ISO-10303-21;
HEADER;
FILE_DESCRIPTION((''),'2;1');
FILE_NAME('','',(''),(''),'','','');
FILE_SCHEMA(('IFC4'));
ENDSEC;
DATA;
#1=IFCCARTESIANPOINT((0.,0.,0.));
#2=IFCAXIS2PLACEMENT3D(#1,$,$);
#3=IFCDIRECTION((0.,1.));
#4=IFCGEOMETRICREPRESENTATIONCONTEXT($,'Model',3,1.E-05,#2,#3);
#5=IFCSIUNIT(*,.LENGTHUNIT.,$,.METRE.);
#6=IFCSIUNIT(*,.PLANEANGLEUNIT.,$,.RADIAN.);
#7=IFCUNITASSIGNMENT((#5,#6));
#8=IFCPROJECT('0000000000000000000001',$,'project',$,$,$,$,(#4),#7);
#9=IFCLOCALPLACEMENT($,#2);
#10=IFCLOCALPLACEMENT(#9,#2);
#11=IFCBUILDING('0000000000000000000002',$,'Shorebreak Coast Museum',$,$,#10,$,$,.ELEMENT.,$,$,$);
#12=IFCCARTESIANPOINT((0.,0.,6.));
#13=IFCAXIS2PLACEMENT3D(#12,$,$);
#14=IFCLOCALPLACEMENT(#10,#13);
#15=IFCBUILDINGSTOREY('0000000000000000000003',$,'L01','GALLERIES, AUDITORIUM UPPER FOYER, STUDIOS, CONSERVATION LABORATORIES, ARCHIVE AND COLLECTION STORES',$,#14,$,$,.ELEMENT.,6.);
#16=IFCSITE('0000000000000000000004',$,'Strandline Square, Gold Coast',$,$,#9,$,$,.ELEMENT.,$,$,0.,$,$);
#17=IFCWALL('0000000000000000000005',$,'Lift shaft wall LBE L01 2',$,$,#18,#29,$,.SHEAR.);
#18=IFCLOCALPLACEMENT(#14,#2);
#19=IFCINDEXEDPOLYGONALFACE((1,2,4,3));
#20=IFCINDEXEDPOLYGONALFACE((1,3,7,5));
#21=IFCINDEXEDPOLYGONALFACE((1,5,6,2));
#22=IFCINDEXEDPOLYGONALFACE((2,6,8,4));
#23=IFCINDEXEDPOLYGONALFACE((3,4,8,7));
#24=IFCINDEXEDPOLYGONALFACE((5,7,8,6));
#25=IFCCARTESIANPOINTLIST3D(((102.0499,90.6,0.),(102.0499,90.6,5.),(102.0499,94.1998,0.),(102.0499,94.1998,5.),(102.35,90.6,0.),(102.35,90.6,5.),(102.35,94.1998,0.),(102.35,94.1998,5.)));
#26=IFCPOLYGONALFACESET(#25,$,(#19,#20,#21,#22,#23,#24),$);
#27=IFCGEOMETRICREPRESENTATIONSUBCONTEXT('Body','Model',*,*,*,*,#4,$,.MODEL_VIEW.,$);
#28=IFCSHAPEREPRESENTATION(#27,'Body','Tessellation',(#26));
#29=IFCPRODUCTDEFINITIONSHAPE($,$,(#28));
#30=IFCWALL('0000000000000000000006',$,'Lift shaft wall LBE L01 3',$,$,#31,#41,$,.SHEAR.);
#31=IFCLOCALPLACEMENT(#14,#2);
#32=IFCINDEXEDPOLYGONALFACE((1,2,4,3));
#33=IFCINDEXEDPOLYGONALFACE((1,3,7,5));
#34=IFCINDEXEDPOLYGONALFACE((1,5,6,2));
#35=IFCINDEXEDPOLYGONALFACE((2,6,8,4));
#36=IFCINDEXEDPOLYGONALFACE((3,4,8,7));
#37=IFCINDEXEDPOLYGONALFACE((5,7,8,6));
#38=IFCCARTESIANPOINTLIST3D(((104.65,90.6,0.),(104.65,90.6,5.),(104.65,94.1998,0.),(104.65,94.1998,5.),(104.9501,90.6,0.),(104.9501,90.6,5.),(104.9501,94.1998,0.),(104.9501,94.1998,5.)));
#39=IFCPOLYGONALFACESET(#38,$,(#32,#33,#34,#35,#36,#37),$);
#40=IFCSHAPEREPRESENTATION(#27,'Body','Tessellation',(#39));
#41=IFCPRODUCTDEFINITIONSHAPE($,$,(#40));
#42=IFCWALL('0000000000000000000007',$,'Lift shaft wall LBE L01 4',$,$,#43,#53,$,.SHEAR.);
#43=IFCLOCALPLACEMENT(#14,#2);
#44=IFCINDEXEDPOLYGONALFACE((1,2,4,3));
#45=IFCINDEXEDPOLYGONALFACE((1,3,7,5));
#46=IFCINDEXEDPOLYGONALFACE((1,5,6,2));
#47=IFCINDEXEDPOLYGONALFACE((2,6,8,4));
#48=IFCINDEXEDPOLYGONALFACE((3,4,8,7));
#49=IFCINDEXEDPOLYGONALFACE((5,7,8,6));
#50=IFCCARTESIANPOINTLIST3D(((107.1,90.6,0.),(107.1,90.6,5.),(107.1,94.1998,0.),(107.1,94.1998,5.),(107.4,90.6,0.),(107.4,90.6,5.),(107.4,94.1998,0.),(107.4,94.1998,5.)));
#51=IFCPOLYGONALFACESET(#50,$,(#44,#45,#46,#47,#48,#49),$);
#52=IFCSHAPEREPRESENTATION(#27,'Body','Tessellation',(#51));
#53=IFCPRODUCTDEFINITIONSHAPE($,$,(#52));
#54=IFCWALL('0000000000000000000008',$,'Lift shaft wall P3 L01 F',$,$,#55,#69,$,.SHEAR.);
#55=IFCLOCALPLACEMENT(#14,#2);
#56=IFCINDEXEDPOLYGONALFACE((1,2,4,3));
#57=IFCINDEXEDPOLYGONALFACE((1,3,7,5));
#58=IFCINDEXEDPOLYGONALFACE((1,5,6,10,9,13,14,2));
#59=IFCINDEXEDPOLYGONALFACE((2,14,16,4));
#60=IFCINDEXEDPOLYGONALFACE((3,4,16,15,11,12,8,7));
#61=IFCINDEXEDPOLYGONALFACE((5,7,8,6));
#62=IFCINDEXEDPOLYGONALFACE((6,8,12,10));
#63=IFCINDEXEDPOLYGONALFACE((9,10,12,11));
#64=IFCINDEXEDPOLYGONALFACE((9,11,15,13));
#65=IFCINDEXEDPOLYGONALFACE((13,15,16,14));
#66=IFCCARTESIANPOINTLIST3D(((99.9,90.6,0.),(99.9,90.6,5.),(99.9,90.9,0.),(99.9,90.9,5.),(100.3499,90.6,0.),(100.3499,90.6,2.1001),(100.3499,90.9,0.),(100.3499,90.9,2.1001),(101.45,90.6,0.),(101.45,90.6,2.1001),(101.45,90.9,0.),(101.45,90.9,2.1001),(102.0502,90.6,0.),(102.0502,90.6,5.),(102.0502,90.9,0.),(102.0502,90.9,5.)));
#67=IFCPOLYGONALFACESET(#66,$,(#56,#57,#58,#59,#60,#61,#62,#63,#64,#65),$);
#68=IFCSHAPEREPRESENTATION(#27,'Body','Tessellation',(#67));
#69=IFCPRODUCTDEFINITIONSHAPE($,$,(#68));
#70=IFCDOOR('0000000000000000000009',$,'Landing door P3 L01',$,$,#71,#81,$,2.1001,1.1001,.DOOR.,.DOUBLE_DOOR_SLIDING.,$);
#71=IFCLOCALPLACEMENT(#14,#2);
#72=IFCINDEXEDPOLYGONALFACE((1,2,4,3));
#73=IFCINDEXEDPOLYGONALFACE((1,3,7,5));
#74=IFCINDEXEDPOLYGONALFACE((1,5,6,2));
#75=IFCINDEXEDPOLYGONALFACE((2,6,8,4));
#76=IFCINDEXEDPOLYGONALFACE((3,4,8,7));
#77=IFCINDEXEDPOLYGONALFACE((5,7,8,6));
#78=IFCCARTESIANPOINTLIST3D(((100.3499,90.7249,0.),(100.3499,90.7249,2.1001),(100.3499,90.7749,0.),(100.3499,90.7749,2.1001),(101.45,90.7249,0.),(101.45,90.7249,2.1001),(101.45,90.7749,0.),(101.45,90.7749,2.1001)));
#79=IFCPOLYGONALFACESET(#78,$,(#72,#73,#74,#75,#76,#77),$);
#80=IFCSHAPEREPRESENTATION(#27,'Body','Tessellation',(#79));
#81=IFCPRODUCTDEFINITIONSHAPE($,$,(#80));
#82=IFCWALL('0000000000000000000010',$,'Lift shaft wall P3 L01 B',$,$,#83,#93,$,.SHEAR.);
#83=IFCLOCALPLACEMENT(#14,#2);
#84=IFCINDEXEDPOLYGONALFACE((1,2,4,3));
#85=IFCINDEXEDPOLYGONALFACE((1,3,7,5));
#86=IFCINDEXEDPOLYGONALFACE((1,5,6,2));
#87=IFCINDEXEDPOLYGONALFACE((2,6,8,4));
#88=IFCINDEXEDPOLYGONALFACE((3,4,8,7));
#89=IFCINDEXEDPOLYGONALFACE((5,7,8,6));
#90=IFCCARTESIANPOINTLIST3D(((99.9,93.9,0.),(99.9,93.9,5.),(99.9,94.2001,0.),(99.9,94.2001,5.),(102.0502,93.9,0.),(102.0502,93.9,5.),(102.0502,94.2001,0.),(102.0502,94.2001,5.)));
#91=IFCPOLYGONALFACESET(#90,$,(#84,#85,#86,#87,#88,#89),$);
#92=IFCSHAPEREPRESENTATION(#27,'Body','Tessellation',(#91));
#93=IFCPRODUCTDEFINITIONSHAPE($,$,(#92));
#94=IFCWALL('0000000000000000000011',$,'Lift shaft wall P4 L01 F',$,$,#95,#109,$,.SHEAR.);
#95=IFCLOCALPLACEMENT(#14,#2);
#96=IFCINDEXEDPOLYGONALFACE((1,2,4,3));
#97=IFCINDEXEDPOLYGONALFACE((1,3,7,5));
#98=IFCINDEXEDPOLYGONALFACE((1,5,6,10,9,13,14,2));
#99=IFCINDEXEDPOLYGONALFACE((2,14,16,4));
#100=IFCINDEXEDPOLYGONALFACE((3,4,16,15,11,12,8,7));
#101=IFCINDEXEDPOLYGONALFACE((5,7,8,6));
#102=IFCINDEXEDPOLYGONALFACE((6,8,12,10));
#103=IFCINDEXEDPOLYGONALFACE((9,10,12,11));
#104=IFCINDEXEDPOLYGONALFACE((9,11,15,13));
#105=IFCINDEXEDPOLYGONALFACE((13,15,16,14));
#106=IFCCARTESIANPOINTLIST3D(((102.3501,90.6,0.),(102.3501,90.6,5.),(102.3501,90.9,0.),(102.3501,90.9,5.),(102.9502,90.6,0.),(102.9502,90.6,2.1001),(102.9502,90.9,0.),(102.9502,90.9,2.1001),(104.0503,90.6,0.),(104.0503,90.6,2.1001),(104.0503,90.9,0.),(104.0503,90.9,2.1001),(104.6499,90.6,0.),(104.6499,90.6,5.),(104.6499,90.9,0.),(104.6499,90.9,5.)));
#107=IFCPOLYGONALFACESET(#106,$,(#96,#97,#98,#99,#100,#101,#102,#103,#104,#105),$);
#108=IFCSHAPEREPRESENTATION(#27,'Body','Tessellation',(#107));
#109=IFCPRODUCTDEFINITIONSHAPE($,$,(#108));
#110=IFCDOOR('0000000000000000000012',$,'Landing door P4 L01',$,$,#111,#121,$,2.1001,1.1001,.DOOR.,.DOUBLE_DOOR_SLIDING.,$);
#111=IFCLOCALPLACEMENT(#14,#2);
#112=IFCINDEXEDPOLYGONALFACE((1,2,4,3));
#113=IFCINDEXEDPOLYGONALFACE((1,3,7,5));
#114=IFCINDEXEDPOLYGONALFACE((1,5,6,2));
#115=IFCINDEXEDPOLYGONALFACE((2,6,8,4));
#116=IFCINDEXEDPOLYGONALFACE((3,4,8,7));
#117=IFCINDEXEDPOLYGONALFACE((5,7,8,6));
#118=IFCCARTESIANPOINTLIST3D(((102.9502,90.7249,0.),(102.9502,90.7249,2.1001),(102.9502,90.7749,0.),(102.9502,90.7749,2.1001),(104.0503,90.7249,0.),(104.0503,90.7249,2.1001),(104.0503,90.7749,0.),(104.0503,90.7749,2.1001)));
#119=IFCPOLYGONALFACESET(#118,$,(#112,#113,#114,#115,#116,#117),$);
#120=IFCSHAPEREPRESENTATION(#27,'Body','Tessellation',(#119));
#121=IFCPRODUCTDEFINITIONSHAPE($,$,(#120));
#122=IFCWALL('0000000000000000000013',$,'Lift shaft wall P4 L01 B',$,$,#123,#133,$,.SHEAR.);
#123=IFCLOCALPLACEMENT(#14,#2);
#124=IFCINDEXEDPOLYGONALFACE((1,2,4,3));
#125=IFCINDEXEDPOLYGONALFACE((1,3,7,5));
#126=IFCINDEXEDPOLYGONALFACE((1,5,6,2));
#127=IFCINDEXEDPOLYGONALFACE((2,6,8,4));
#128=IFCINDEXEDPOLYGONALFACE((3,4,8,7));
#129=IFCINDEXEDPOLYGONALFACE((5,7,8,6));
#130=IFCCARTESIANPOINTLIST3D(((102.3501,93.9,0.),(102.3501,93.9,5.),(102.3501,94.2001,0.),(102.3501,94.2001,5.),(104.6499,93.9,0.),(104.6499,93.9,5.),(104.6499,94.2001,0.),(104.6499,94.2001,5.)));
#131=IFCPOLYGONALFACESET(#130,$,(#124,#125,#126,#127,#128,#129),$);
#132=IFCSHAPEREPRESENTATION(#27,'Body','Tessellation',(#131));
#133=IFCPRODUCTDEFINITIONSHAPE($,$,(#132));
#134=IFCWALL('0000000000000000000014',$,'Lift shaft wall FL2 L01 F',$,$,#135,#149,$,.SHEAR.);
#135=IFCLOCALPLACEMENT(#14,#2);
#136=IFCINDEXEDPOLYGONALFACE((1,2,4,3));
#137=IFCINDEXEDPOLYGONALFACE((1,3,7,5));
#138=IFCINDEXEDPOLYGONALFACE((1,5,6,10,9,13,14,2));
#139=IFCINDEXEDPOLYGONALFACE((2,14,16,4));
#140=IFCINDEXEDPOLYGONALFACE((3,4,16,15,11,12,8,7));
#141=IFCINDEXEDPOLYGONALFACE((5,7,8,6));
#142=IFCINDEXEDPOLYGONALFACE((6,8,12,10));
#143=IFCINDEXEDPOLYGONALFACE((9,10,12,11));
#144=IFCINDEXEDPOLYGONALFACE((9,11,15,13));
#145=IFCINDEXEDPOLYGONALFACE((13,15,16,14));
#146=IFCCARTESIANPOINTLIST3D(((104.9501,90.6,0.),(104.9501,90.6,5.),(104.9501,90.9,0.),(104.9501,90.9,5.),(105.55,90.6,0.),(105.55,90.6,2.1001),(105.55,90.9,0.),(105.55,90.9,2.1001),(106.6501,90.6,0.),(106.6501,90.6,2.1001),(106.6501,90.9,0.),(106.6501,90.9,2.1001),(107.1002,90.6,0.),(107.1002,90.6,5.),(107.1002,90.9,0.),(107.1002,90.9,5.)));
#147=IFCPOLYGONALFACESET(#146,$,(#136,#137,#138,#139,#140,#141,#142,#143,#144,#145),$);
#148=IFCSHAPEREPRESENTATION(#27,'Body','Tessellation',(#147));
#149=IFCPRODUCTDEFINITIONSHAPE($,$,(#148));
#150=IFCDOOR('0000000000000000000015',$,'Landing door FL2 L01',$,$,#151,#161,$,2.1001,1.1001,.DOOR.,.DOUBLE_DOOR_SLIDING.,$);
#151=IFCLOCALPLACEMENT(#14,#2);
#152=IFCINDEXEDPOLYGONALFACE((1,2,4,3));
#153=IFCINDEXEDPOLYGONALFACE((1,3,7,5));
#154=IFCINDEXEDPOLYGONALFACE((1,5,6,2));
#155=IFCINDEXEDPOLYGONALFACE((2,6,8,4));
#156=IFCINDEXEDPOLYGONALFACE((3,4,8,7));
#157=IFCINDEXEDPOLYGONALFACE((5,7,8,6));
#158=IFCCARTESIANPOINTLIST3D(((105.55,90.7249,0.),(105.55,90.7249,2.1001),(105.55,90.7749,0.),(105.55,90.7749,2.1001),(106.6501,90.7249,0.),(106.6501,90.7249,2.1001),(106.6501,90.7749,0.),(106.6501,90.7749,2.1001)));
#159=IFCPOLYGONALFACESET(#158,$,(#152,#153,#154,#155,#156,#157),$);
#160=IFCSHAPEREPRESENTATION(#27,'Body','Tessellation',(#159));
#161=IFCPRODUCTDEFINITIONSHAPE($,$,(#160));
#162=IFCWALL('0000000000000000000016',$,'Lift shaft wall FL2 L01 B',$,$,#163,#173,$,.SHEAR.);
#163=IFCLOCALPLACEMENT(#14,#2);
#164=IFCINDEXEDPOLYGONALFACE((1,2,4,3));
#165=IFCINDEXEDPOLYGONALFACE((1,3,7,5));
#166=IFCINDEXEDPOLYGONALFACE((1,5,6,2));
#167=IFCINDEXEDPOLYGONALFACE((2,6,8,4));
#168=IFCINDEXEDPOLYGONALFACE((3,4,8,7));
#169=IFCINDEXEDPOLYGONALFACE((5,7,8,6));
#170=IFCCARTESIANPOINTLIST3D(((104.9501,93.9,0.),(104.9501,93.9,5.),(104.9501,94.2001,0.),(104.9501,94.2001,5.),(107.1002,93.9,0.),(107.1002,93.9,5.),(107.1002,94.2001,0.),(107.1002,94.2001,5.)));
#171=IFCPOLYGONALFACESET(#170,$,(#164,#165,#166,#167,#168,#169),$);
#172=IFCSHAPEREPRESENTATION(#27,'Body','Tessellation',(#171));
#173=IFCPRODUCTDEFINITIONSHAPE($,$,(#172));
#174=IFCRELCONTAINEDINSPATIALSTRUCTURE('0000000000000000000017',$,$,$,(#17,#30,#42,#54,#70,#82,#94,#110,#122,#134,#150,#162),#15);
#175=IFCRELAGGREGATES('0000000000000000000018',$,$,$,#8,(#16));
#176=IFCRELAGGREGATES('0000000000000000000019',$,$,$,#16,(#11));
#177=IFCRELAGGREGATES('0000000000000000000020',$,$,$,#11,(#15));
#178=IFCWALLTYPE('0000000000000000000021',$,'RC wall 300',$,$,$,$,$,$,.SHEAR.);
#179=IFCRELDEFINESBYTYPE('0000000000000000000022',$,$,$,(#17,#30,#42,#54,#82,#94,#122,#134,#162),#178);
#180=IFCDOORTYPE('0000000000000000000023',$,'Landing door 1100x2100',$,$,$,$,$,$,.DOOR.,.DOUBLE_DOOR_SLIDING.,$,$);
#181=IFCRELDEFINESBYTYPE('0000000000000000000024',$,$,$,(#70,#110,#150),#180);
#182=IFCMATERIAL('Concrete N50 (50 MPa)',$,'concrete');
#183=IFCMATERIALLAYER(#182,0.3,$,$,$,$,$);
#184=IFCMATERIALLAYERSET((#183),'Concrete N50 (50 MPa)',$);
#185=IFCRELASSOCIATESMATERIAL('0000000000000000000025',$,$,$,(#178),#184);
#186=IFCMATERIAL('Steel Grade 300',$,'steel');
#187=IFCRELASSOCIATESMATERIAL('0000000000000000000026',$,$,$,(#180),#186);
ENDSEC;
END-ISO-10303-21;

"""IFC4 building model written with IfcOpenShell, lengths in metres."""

from ifc_helpers import new_model, si_unit, direction, frame, frame_2d, origin, place, context, subcontext, project, spatial, rectangle, extrude, material, layer, layer_set, type_object, element, fill, save


model = new_model("IFC4")

# Units and contexts
model_context = context("Model", 3, precision=1e-05, world=origin(), true_north=direction((0.0, 1.0)))
body_context = subcontext(model_context, "Body", "Model", "MODEL_VIEW")
ifc_project = project(units=[si_unit("LENGTHUNIT", "METRE"), si_unit("PLANEANGLEUNIT", "RADIAN")], contexts=[model_context])

# Site, building, storey
site_placement = place(None, origin())
site = spatial("IfcSite", under=ifc_project, at=site_placement, Name="Strandline Square, Gold Coast", CompositionType="ELEMENT", RefElevation=0.0)
building_placement = place(site_placement, origin())
building = spatial("IfcBuilding", under=site, at=building_placement, Name="Shorebreak Coast Museum", CompositionType="ELEMENT")
storey_placement = place(building_placement, frame((0.0, 0.0, 6.0)))
storey = spatial("IfcBuildingStorey", under=building, at=storey_placement, Name="L01", Description="GALLERIES, AUDITORIUM UPPER FOYER, STUDIOS, CONSERVATION LABORATORIES, ARCHIVE AND COLLECTION STORES", CompositionType="ELEMENT", Elevation=6.0)

# Walls
ifc_material_1 = material(Name="Concrete N50 (50 MPa)", Category="concrete")
ifc_layer_1 = layer(ifc_material_1, 0.3)
ifc_layer_set_1 = layer_set([ifc_layer_1], Name="Concrete N50 (50 MPa)")
wall_type_1 = type_object("IfcWallType", Name="RC wall 300", PredefinedType="SHEAR", material=ifc_layer_set_1)
for number, where, z_axis, x_axis, name in (
    (1, (102.2, 90.6001, 0.0), (0.0, 0.0, 1.0), (0.0, 1.0, 0.0), "Lift shaft wall LBE L01 2"),
    (2, (104.8, 90.6001, 0.0), (0.0, 0.0, 1.0), (0.0, 1.0, 0.0), "Lift shaft wall LBE L01 3"),
    (3, (107.25, 90.6001, 0.0), (0.0, 0.0, 1.0), (0.0, 1.0, 0.0), "Lift shaft wall LBE L01 4"),
):
    element("IfcWall", number, at=place(storey_placement, frame(where, z_axis=z_axis, x_axis=x_axis)), inside=storey, type_object=wall_type_1, Name=name, PredefinedType="SHEAR", context=body_context, shape_type="SweptSolid", body=[
        extrude(rectangle(XDim=3.5999, YDim=0.3, at=frame_2d((1.7998, 0.0))), origin(), (0.0, 0.0, 1.0), 5.0),
    ])

# Wall, opening, door
wall_1_placement = place(storey_placement, frame((99.8999, 90.75, 0.0), z_axis=(0.0, 0.0, 1.0), x_axis=(1.0, 0.0, 0.0)))
wall_1 = element("IfcWall", 4, at=wall_1_placement, inside=storey, type_object=wall_type_1, Name="Lift shaft wall P3 L01 F", PredefinedType="SHEAR", context=body_context, shape_type="SweptSolid", body=[
    extrude(rectangle(XDim=2.1501, YDim=0.3, at=frame_2d((1.0752, 0.0))), origin(), (0.0, 0.0, 1.0), 5.0),
])
opening_1_placement = place(wall_1_placement, frame((0.45, 0.0, 0.0)))
opening_1 = element("IfcOpeningElement", 5, at=opening_1_placement, cuts=wall_1, PredefinedType="OPENING", context=body_context, shape_type="SweptSolid", body=[
    extrude(rectangle(XDim=1.1001, YDim=2.1001, at=frame_2d((0.55, 1.05))), frame((0.0, 0.1599, 0.0), z_axis=(0.0, -1.0, 0.0), x_axis=(1.0, 0.0, 0.0)), (0.0, 0.0, 1.0), 0.3201),
])
ifc_material_2 = material(Name="Steel Grade 300", Category="steel")
door_type_1 = type_object("IfcDoorType", Name="Landing door 1100x2100", OperationType="DOUBLE_DOOR_SLIDING", PredefinedType="DOOR", material=ifc_material_2)
door_1_placement = place(opening_1_placement, origin())
door_1 = element("IfcDoor", 6, at=door_1_placement, inside=storey, type_object=door_type_1, Name="Landing door P3 L01", OperationType="DOUBLE_DOOR_SLIDING", OverallHeight=2.1001, OverallWidth=1.1001, PredefinedType="DOOR", context=body_context, shape_type="SweptSolid", body=[
    extrude(rectangle(XDim=1.1001, YDim=2.1001, at=frame_2d((0.55, 1.05))), frame((0.0, 0.0249, 0.0), z_axis=(0.0, -1.0, 0.0), x_axis=(1.0, 0.0, 0.0)), (0.0, 0.0, 1.0), 0.05),
])
fill(opening_1, door_1)

# Wall
wall_2_placement = place(storey_placement, frame((99.8999, 94.05, 0.0), z_axis=(0.0, 0.0, 1.0), x_axis=(1.0, 0.0, 0.0)))
element("IfcWall", 7, at=wall_2_placement, inside=storey, type_object=wall_type_1, Name="Lift shaft wall P3 L01 B", PredefinedType="SHEAR", context=body_context, shape_type="SweptSolid", body=[
    extrude(rectangle(XDim=2.1501, YDim=0.3, at=frame_2d((1.0752, 0.0))), origin(), (0.0, 0.0, 1.0), 5.0),
])

# Wall, opening, door
wall_3_placement = place(storey_placement, frame((102.3501, 90.75, 0.0), z_axis=(0.0, 0.0, 1.0), x_axis=(1.0, 0.0, 0.0)))
wall_3 = element("IfcWall", 8, at=wall_3_placement, inside=storey, type_object=wall_type_1, Name="Lift shaft wall P4 L01 F", PredefinedType="SHEAR", context=body_context, shape_type="SweptSolid", body=[
    extrude(rectangle(XDim=2.2998, YDim=0.3, at=frame_2d((1.1499, 0.0))), origin(), (0.0, 0.0, 1.0), 5.0),
])
opening_2_placement = place(wall_3_placement, frame((0.6001, 0.0, 0.0)))
opening_2 = element("IfcOpeningElement", 9, at=opening_2_placement, cuts=wall_3, PredefinedType="OPENING", context=body_context, shape_type="SweptSolid", body=[
    extrude(rectangle(XDim=1.1001, YDim=2.1001, at=frame_2d((0.55, 1.05))), frame((0.0, 0.1599, 0.0), z_axis=(0.0, -1.0, 0.0), x_axis=(1.0, 0.0, 0.0)), (0.0, 0.0, 1.0), 0.3201),
])
door_2_placement = place(opening_2_placement, origin())
door_2 = element("IfcDoor", 10, at=door_2_placement, inside=storey, type_object=door_type_1, Name="Landing door P4 L01", OperationType="DOUBLE_DOOR_SLIDING", OverallHeight=2.1001, OverallWidth=1.1001, PredefinedType="DOOR", context=body_context, shape_type="SweptSolid", body=[
    extrude(rectangle(XDim=1.1001, YDim=2.1001, at=frame_2d((0.55, 1.05))), frame((0.0, 0.0249, 0.0), z_axis=(0.0, -1.0, 0.0), x_axis=(1.0, 0.0, 0.0)), (0.0, 0.0, 1.0), 0.05),
])
fill(opening_2, door_2)

# Wall
wall_4_placement = place(storey_placement, frame((102.3501, 94.05, 0.0), z_axis=(0.0, 0.0, 1.0), x_axis=(1.0, 0.0, 0.0)))
element("IfcWall", 11, at=wall_4_placement, inside=storey, type_object=wall_type_1, Name="Lift shaft wall P4 L01 B", PredefinedType="SHEAR", context=body_context, shape_type="SweptSolid", body=[
    extrude(rectangle(XDim=2.2998, YDim=0.3, at=frame_2d((1.1499, 0.0))), origin(), (0.0, 0.0, 1.0), 5.0),
])

# Wall, opening, door
wall_5_placement = place(storey_placement, frame((104.95, 90.75, 0.0), z_axis=(0.0, 0.0, 1.0), x_axis=(1.0, 0.0, 0.0)))
wall_5 = element("IfcWall", 12, at=wall_5_placement, inside=storey, type_object=wall_type_1, Name="Lift shaft wall FL2 L01 F", PredefinedType="SHEAR", context=body_context, shape_type="SweptSolid", body=[
    extrude(rectangle(XDim=2.1501, YDim=0.3, at=frame_2d((1.0752, 0.0))), origin(), (0.0, 0.0, 1.0), 5.0),
])
opening_3_placement = place(wall_5_placement, frame((0.6001, 0.0, 0.0)))
opening_3 = element("IfcOpeningElement", 13, at=opening_3_placement, cuts=wall_5, PredefinedType="OPENING", context=body_context, shape_type="SweptSolid", body=[
    extrude(rectangle(XDim=1.1001, YDim=2.1001, at=frame_2d((0.55, 1.05))), frame((0.0, 0.1599, 0.0), z_axis=(0.0, -1.0, 0.0), x_axis=(1.0, 0.0, 0.0)), (0.0, 0.0, 1.0), 0.3201),
])
door_3_placement = place(opening_3_placement, origin())
door_3 = element("IfcDoor", 14, at=door_3_placement, inside=storey, type_object=door_type_1, Name="Landing door FL2 L01", OperationType="DOUBLE_DOOR_SLIDING", OverallHeight=2.1001, OverallWidth=1.1001, PredefinedType="DOOR", context=body_context, shape_type="SweptSolid", body=[
    extrude(rectangle(XDim=1.1001, YDim=2.1001, at=frame_2d((0.55, 1.05))), frame((0.0, 0.0249, 0.0), z_axis=(0.0, -1.0, 0.0), x_axis=(1.0, 0.0, 0.0)), (0.0, 0.0, 1.0), 0.05),
])
fill(opening_3, door_3)

# Wall
wall_6_placement = place(storey_placement, frame((104.95, 94.05, 0.0), z_axis=(0.0, 0.0, 1.0), x_axis=(1.0, 0.0, 0.0)))
element("IfcWall", 15, at=wall_6_placement, inside=storey, type_object=wall_type_1, Name="Lift shaft wall FL2 L01 B", PredefinedType="SHEAR", context=body_context, shape_type="SweptSolid", body=[
    extrude(rectangle(XDim=2.1501, YDim=0.3, at=frame_2d((1.0752, 0.0))), origin(), (0.0, 0.0, 1.0), 5.0),
])

save(model, "model.ifc")
